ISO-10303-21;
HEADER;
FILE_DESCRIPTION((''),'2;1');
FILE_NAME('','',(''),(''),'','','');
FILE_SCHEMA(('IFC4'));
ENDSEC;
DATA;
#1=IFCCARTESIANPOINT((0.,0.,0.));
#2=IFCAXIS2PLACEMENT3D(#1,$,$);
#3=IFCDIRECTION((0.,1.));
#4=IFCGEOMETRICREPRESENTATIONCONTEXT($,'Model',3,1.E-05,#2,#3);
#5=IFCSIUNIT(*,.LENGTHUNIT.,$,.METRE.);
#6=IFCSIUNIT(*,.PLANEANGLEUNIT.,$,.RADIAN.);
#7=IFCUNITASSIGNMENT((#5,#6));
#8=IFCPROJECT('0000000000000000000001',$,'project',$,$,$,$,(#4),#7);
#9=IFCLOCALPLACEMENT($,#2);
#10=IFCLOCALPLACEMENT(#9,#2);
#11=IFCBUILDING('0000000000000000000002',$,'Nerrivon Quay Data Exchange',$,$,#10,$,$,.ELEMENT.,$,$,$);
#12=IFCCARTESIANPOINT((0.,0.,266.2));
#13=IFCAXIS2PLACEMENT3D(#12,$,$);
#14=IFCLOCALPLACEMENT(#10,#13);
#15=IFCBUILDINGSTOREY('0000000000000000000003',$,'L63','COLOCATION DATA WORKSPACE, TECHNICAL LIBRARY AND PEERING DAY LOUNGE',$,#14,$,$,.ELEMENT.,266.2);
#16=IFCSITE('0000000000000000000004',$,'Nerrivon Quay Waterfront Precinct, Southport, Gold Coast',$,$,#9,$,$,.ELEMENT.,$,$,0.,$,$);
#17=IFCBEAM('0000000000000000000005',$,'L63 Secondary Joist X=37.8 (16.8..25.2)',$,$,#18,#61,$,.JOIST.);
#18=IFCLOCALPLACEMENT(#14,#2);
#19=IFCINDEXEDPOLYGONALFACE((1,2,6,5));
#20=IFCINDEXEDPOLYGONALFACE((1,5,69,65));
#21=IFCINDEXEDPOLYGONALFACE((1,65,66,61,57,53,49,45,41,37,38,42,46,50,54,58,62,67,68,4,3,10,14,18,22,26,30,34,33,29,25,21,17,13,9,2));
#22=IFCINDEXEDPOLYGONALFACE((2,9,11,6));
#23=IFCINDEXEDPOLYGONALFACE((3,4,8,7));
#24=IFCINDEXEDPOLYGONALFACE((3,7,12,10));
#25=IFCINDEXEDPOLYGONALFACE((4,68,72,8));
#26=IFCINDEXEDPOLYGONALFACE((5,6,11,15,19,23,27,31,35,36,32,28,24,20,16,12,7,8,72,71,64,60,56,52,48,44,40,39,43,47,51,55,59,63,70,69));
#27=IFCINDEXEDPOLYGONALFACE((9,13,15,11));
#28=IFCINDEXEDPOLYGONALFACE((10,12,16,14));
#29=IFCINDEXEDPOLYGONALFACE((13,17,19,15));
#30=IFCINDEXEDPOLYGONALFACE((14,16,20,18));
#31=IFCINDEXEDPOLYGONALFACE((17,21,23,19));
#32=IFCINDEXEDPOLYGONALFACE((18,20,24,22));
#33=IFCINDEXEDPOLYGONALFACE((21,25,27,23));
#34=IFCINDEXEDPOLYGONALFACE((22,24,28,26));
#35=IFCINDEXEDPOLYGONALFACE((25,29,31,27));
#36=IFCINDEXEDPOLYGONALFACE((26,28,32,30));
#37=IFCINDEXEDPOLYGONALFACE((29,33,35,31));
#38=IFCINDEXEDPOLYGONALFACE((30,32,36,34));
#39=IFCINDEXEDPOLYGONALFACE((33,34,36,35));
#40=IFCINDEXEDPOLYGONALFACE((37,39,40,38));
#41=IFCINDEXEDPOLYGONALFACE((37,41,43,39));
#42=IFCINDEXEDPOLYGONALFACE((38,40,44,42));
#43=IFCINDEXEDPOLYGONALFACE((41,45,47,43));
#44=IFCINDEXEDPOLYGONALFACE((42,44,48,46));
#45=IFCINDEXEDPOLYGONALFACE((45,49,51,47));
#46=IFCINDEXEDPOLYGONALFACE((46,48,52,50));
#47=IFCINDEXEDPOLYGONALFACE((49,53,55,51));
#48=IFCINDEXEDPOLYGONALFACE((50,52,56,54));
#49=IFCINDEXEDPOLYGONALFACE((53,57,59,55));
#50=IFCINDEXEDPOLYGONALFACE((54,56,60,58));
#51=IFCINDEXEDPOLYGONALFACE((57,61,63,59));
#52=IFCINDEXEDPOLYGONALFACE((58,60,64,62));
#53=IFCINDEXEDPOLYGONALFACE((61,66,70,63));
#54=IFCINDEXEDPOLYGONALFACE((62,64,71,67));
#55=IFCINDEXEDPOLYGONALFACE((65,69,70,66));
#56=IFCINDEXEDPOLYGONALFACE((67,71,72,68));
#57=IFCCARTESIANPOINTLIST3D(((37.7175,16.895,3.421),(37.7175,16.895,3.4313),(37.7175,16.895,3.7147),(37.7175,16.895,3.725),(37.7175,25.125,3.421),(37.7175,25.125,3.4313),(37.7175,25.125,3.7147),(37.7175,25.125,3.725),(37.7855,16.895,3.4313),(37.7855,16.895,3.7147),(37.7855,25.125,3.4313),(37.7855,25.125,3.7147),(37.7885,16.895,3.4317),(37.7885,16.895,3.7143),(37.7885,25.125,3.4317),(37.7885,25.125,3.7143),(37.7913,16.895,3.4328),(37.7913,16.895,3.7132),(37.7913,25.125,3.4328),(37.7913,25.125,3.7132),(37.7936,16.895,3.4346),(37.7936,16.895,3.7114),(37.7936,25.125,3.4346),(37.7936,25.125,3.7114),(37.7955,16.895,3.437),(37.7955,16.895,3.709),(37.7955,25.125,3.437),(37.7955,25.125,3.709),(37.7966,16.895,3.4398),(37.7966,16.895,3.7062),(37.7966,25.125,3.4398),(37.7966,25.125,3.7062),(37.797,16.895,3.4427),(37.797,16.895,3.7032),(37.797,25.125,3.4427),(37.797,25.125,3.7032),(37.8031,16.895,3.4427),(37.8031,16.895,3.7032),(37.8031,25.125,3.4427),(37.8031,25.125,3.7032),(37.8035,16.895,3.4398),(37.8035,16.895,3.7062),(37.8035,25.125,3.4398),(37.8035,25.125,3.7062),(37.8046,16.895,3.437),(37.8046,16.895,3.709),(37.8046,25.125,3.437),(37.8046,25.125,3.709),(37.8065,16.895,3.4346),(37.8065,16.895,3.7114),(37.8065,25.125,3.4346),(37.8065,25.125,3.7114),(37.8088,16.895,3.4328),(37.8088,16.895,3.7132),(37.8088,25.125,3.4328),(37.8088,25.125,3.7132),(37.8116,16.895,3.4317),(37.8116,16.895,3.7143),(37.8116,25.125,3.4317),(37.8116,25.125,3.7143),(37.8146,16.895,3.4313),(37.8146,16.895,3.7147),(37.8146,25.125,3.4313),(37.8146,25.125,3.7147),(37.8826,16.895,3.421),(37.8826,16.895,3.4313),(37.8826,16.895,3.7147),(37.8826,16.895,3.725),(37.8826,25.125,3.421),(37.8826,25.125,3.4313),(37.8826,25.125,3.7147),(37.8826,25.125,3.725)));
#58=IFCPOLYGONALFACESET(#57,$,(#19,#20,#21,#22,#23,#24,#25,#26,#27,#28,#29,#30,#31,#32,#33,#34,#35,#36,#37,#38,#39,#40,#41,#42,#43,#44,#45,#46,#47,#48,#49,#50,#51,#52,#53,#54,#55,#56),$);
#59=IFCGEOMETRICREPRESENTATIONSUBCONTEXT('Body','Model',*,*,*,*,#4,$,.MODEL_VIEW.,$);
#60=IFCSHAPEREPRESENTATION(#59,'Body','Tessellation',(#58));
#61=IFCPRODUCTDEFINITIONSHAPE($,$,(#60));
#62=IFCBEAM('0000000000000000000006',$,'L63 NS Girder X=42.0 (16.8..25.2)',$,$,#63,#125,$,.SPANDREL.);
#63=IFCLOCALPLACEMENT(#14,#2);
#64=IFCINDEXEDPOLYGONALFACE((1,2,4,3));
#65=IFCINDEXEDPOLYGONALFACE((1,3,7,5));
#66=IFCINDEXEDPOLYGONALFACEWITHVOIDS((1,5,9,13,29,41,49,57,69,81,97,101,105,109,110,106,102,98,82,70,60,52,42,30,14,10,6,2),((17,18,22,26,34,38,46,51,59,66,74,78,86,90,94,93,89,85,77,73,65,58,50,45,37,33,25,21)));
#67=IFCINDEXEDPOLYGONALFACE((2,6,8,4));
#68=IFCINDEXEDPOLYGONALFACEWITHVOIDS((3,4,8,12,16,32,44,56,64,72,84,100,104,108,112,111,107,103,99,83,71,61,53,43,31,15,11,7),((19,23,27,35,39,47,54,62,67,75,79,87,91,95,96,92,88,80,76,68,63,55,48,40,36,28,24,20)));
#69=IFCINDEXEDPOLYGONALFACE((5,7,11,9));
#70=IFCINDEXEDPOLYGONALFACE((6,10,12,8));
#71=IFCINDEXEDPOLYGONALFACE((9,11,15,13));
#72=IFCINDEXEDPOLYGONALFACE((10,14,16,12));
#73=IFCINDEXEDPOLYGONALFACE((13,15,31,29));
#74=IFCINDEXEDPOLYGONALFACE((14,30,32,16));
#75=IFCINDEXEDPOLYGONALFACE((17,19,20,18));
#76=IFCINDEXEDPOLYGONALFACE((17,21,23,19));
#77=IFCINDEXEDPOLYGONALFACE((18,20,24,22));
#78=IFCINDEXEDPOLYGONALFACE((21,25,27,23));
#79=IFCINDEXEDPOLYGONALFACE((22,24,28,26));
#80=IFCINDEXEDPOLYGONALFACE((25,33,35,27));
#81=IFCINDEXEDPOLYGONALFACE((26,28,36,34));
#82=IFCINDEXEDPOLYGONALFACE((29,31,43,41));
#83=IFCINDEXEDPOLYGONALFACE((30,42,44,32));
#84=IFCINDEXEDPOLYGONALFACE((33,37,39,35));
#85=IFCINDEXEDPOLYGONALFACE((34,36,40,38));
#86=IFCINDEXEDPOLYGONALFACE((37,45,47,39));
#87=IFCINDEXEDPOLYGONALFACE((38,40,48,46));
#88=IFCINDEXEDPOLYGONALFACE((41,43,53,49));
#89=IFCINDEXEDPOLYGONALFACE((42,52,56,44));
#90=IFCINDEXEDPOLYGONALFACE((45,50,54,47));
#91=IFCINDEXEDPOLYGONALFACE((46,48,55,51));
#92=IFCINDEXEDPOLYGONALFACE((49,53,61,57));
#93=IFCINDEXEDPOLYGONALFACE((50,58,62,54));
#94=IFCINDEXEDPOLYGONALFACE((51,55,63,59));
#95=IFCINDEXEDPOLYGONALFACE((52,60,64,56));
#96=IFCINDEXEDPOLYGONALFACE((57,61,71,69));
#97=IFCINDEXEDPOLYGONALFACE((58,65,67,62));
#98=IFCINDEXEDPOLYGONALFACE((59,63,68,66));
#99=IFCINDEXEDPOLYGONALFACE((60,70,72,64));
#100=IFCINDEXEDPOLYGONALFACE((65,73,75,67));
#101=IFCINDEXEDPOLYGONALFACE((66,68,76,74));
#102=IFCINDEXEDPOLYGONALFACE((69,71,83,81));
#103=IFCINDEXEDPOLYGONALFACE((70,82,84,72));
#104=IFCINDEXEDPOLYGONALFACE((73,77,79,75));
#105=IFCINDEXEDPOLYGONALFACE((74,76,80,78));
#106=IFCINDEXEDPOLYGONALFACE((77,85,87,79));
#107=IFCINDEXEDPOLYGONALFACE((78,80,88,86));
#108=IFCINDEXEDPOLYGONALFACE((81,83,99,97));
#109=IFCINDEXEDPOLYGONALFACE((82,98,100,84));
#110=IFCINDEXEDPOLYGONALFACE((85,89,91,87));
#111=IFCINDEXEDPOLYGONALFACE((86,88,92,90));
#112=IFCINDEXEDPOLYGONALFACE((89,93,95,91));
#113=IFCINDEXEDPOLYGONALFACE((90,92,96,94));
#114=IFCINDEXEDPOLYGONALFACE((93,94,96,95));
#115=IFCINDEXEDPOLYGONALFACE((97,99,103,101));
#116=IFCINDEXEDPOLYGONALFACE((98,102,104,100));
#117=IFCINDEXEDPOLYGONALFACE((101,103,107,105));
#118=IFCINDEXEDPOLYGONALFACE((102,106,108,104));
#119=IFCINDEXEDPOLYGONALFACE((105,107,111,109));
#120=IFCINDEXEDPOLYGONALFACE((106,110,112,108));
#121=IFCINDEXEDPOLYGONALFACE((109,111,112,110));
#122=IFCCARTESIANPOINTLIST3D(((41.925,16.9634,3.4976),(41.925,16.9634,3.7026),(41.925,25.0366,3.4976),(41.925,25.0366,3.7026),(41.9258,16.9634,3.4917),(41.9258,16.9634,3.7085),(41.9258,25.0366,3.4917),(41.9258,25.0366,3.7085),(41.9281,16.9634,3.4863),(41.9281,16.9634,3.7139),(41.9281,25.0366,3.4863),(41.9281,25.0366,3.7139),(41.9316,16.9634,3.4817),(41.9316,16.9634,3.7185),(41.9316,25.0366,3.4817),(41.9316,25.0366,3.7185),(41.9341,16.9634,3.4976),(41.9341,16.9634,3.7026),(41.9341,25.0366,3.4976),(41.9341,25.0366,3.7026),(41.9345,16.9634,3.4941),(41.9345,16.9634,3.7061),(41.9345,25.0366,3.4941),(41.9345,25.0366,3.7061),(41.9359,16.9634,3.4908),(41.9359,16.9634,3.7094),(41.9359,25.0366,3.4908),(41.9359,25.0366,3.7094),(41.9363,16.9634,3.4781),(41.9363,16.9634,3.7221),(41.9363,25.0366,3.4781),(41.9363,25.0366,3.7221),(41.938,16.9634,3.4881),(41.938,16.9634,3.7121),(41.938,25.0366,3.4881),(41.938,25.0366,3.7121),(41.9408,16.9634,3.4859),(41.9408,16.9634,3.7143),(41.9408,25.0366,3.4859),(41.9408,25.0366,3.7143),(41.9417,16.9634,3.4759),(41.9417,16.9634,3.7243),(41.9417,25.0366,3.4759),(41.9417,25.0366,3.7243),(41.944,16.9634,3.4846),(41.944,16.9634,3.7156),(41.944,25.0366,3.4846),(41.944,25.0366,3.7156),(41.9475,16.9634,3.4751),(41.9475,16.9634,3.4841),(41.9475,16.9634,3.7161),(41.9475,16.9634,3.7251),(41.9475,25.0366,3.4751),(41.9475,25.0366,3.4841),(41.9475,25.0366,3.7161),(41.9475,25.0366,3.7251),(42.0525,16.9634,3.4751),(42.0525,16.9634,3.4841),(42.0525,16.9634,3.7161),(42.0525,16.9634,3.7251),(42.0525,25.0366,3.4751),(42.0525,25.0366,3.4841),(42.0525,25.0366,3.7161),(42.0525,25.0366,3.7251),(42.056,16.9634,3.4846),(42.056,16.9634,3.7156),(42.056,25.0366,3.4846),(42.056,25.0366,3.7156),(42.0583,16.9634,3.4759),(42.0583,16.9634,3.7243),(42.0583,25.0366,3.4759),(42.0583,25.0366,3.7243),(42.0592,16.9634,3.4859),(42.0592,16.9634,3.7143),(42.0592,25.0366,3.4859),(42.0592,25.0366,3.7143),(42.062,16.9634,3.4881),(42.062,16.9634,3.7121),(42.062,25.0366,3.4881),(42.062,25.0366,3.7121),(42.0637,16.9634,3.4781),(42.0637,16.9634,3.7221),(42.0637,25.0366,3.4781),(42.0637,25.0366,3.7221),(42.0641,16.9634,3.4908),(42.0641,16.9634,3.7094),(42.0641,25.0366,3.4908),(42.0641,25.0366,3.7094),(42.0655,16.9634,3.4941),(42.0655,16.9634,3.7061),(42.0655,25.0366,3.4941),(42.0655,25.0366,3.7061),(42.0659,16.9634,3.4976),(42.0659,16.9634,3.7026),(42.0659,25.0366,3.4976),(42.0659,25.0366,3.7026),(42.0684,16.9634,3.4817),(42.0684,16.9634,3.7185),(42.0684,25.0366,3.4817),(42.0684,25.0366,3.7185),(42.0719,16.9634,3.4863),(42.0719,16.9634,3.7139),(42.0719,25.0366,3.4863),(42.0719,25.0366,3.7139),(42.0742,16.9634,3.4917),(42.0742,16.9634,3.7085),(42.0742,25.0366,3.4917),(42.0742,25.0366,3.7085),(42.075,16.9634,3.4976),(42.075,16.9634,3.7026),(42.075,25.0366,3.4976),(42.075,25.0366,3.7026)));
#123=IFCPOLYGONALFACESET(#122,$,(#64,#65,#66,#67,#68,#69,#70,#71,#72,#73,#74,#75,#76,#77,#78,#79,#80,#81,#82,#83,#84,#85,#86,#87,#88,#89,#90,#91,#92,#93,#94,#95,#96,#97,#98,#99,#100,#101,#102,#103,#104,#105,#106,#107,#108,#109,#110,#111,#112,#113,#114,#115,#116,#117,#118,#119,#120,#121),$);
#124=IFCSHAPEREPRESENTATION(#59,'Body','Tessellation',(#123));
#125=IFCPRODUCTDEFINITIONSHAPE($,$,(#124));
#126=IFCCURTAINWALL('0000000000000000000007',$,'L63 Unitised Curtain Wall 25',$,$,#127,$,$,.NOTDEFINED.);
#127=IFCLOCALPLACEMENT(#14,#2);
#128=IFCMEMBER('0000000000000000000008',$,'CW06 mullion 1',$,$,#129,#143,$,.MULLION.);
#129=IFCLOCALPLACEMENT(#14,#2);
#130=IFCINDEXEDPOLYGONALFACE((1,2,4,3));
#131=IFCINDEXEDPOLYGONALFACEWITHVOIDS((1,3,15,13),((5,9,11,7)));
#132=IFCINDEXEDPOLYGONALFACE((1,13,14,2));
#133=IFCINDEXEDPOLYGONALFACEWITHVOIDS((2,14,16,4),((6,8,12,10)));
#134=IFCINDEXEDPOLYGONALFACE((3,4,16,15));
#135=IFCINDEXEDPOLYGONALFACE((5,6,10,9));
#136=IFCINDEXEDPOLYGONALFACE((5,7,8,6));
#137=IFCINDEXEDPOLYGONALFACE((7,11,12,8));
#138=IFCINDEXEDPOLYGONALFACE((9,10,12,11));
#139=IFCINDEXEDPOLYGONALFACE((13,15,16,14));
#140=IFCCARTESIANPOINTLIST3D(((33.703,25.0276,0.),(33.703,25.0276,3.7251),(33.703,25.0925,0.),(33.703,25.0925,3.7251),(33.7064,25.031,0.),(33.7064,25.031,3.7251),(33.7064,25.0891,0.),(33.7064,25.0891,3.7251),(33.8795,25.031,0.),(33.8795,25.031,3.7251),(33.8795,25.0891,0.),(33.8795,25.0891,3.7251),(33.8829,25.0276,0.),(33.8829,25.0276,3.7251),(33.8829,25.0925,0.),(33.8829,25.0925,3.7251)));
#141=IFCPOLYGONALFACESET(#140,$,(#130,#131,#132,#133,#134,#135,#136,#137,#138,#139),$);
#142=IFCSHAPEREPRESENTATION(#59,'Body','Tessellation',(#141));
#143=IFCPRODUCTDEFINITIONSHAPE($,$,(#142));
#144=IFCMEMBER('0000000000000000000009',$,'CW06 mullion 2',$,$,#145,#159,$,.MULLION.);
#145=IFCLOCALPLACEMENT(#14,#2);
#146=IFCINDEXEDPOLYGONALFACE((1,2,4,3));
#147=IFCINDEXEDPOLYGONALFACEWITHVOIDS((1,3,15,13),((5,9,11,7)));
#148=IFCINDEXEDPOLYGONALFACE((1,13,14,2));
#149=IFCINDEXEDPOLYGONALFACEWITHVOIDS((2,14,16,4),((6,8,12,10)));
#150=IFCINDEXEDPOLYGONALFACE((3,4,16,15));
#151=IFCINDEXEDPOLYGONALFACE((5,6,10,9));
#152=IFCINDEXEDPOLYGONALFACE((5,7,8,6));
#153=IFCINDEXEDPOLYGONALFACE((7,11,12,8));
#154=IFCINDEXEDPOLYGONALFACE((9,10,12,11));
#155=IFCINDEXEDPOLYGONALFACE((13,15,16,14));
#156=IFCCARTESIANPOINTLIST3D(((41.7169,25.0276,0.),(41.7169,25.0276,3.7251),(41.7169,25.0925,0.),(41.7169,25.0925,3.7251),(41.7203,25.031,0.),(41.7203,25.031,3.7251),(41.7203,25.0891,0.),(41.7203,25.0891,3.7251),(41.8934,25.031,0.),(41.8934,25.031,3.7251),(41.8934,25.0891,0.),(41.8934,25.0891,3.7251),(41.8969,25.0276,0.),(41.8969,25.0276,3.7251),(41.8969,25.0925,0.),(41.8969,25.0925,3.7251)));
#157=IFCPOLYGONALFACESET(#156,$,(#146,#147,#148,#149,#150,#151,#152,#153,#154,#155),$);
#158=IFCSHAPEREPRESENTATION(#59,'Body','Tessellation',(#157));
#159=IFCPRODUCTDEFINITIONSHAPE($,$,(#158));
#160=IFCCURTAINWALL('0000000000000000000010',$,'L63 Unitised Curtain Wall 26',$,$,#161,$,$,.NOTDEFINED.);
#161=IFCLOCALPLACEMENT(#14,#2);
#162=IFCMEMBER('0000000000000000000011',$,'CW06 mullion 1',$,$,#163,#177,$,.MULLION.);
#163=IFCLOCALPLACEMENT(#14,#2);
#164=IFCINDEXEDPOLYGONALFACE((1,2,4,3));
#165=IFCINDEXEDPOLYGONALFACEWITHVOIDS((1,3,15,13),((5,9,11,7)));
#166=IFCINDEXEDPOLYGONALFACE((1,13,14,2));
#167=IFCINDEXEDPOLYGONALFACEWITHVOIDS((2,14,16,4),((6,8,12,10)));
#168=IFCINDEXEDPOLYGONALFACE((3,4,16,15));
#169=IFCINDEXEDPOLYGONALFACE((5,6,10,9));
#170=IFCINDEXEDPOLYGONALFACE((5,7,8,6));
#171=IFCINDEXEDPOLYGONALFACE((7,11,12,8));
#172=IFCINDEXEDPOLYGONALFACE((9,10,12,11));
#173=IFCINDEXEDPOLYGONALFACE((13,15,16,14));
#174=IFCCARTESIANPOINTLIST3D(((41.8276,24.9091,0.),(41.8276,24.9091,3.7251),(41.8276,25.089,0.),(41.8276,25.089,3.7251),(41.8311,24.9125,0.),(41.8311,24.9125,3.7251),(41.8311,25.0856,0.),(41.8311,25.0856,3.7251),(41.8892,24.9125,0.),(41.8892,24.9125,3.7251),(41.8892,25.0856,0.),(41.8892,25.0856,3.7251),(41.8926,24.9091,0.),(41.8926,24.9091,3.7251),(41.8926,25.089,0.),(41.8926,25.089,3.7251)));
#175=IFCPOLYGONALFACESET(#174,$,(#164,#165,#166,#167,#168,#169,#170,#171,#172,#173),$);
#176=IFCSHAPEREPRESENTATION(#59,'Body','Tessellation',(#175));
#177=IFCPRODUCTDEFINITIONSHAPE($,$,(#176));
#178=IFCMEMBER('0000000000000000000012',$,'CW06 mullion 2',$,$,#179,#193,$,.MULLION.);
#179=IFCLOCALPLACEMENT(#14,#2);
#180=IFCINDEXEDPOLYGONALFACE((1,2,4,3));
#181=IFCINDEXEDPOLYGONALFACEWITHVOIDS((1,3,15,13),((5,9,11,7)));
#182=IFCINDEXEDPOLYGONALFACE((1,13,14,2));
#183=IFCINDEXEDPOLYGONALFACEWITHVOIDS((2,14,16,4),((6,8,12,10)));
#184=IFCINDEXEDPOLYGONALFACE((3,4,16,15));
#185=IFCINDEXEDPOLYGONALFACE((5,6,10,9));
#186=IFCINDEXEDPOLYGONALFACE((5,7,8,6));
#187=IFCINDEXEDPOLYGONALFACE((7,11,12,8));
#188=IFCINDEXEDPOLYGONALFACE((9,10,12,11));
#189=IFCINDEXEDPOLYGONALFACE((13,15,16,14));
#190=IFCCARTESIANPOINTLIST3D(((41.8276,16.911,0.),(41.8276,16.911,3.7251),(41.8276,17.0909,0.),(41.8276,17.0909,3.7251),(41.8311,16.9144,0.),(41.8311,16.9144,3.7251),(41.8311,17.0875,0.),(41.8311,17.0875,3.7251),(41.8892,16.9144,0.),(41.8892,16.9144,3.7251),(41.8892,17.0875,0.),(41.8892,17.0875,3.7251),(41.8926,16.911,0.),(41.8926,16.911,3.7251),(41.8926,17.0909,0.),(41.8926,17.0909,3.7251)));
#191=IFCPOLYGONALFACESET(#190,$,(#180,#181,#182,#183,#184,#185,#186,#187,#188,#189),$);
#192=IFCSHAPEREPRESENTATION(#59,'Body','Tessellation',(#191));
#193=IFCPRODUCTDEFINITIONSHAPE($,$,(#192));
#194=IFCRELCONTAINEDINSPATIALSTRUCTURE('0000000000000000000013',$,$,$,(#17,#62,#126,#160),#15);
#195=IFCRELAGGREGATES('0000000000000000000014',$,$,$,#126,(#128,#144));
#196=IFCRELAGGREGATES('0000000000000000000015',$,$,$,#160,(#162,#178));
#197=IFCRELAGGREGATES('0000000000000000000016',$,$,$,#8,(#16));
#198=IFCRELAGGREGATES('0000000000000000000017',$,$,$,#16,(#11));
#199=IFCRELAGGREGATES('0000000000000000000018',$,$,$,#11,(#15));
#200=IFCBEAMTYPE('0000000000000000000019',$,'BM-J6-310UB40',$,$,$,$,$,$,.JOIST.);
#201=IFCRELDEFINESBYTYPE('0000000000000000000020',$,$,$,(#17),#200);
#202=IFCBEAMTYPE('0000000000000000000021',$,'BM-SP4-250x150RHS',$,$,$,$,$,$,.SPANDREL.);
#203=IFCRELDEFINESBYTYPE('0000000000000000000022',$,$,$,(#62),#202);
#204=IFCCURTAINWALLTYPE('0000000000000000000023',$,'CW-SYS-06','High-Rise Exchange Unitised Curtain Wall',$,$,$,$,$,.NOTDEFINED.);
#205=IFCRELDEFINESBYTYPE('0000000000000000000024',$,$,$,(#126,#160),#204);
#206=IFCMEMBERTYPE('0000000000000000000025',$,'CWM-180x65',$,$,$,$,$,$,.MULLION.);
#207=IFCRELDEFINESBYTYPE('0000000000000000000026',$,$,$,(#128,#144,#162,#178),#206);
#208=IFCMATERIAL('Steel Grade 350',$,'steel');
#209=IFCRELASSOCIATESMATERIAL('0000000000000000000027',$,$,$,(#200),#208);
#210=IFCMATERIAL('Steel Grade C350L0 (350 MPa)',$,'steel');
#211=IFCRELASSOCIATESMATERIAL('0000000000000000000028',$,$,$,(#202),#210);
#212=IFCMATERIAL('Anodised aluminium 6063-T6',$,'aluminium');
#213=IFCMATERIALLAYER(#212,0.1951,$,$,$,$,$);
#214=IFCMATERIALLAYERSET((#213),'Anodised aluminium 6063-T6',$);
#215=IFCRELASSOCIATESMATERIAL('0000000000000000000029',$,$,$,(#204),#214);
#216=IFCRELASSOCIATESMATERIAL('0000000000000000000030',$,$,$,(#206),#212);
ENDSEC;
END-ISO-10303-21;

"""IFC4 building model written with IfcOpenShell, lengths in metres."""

from ifc_helpers import new_model, si_unit, direction, frame, origin, origin_2d, place, context, subcontext, project, spatial, hollow_rectangle, i_section, extrude, material, layer, layer_set, material_profile, profile_set, type_object, element, aggregate, save


model = new_model("IFC4")

# Units and contexts
model_context = context("Model", 3, precision=1e-05, world=origin(), true_north=direction((0.0, 1.0)))
body_context = subcontext(model_context, "Body", "Model", "MODEL_VIEW")
ifc_project = project(units=[si_unit("LENGTHUNIT", "METRE"), si_unit("PLANEANGLEUNIT", "RADIAN")], contexts=[model_context])

# Site, building, storey
site_placement = place(None, origin())
site = spatial("IfcSite", under=ifc_project, at=site_placement, Name="Nerrivon Quay Waterfront Precinct, Southport, Gold Coast", CompositionType="ELEMENT", RefElevation=0.0)
building_placement = place(site_placement, origin())
building = spatial("IfcBuilding", under=site, at=building_placement, Name="Nerrivon Quay Data Exchange", CompositionType="ELEMENT")
storey_placement = place(building_placement, frame((0.0, 0.0, 266.2)))
storey = spatial("IfcBuildingStorey", under=building, at=storey_placement, Name="L63", Description="COLOCATION DATA WORKSPACE, TECHNICAL LIBRARY AND PEERING DAY LOUNGE", CompositionType="ELEMENT", Elevation=266.2)

# Shared definitions
ifc_material_1 = material(Name="Steel Grade 350", Category="steel")

# Beams
ifc_material_profile_1 = material_profile(ifc_material_1, i_section(OverallWidth=0.165, OverallDepth=0.304, WebThickness=0.0061, FlangeThickness=0.0103, FilletRadius=0.0115, at=origin_2d()), Name="310UB40.4")
ifc_profile_set_1 = profile_set([ifc_material_profile_1], Name="Steel Grade 350")
beam_type_1 = type_object("IfcBeamType", Name="BM-J6-310UB40", PredefinedType="JOIST", material=ifc_profile_set_1)
beam_1_placement = place(storey_placement, frame((37.8, 16.895, 3.573), z_axis=(0.0, 1.0, 0.0), x_axis=(-1.0, 0.0, 0.0)))
element("IfcBeam", 1, at=beam_1_placement, inside=storey, type_object=beam_type_1, Name="L63 Secondary Joist X=37.8 (16.8..25.2)", PredefinedType="JOIST", context=body_context, shape_type="SweptSolid", body=[
    extrude(i_section(OverallWidth=0.165, OverallDepth=0.304, WebThickness=0.0061, FlangeThickness=0.0103, FilletRadius=0.0115, at=origin_2d()), origin(), (0.0, 0.0, 1.0), 8.23),
])
ifc_material_2 = material(Name="Steel Grade C350L0 (350 MPa)", Category="steel")
ifc_material_profile_2 = material_profile(ifc_material_2, hollow_rectangle(XDim=0.1499, YDim=0.25, WallThickness=0.009, InnerFilletRadius=0.0134, OuterFilletRadius=0.0225, at=origin_2d()), Name="250x150x9.0RHS")
ifc_profile_set_2 = profile_set([ifc_material_profile_2], Name="Steel Grade C350L0 (350 MPa)")
beam_type_2 = type_object("IfcBeamType", Name="BM-SP4-250x150RHS", PredefinedType="SPANDREL", material=ifc_profile_set_2)
beam_2_placement = place(storey_placement, frame((42.0, 16.9634, 3.6001), z_axis=(0.0, 1.0, 0.0), x_axis=(-1.0, 0.0, 0.0)))
element("IfcBeam", 2, at=beam_2_placement, inside=storey, type_object=beam_type_2, Name="L63 NS Girder X=42.0 (16.8..25.2)", PredefinedType="SPANDREL", context=body_context, shape_type="SweptSolid", body=[
    extrude(hollow_rectangle(XDim=0.1499, YDim=0.25, WallThickness=0.009, InnerFilletRadius=0.0134, OuterFilletRadius=0.0225, at=origin_2d()), origin(), (0.0, 0.0, 1.0), 8.0732),
])

# Curtain walls, members
ifc_material_3 = material(Name="Anodised aluminium 6063-T6", Category="aluminium")
ifc_layer_1 = layer(ifc_material_3, 0.1951)
ifc_layer_set_1 = layer_set([ifc_layer_1], Name="Anodised aluminium 6063-T6")
curtain_wall_type = type_object("IfcCurtainWallType", Name="CW-SYS-06", Description="High-Rise Exchange Unitised Curtain Wall", PredefinedType="NOTDEFINED", material=ifc_layer_set_1)
curtain_wall_1_placement = place(storey_placement, origin())
curtain_wall_1 = element("IfcCurtainWall", 3, at=curtain_wall_1_placement, inside=storey, type_object=curtain_wall_type, Name="L63 Unitised Curtain Wall 25", PredefinedType="NOTDEFINED")
ifc_material_profile_3 = material_profile(ifc_material_3, hollow_rectangle(XDim=0.0649, YDim=0.1799, WallThickness=0.0034, at=origin_2d()), Name="ALU-MULL-180x65")
ifc_profile_set_3 = profile_set([ifc_material_profile_3], Name="Anodised aluminium 6063-T6")
member_type_1 = type_object("IfcMemberType", Name="CWM-180x65", PredefinedType="MULLION", material=ifc_profile_set_3)
member_1_placement = place(storey_placement, frame((33.793, 25.0601, 0.0), z_axis=(0.0, 0.0, 1.0), x_axis=(0.0, 1.0, 0.0)))
member_1 = element("IfcMember", 4, at=member_1_placement, type_object=member_type_1, Name="CW06 mullion 1", PredefinedType="MULLION", context=body_context, shape_type="SweptSolid", body=[
    extrude(hollow_rectangle(XDim=0.0649, YDim=0.1799, WallThickness=0.0034, at=origin_2d()), origin(), (0.0, 0.0, 1.0), 3.7251),
])
member_2_placement = place(storey_placement, frame((41.8069, 25.0601, 0.0), z_axis=(0.0, 0.0, 1.0), x_axis=(0.0, 1.0, 0.0)))
member_2 = element("IfcMember", 5, at=member_2_placement, type_object=member_type_1, Name="CW06 mullion 2", PredefinedType="MULLION", context=body_context, shape_type="SweptSolid", body=[
    extrude(hollow_rectangle(XDim=0.0649, YDim=0.1799, WallThickness=0.0034, at=origin_2d()), origin(), (0.0, 0.0, 1.0), 3.7251),
])
curtain_wall_2_placement = place(storey_placement, origin())
curtain_wall_2 = element("IfcCurtainWall", 6, at=curtain_wall_2_placement, inside=storey, type_object=curtain_wall_type, Name="L63 Unitised Curtain Wall 26", PredefinedType="NOTDEFINED")
member_3_placement = place(storey_placement, frame((41.8601, 24.999, 0.0), z_axis=(0.0, 0.0, 1.0), x_axis=(1.0, 0.0, 0.0)))
member_3 = element("IfcMember", 7, at=member_3_placement, type_object=member_type_1, Name="CW06 mullion 1", PredefinedType="MULLION", context=body_context, shape_type="SweptSolid", body=[
    extrude(hollow_rectangle(XDim=0.0649, YDim=0.1799, WallThickness=0.0034, at=origin_2d()), origin(), (0.0, 0.0, 1.0), 3.7251),
])
member_4_placement = place(storey_placement, frame((41.8601, 17.001, 0.0), z_axis=(0.0, 0.0, 1.0), x_axis=(1.0, 0.0, 0.0)))
member_4 = element("IfcMember", 8, at=member_4_placement, type_object=member_type_1, Name="CW06 mullion 2", PredefinedType="MULLION", context=body_context, shape_type="SweptSolid", body=[
    extrude(hollow_rectangle(XDim=0.0649, YDim=0.1799, WallThickness=0.0034, at=origin_2d()), origin(), (0.0, 0.0, 1.0), 3.7251),
])

aggregate(curtain_wall_1, [member_1, member_2])
aggregate(curtain_wall_2, [member_3, member_4])

save(model, "model.ifc")
